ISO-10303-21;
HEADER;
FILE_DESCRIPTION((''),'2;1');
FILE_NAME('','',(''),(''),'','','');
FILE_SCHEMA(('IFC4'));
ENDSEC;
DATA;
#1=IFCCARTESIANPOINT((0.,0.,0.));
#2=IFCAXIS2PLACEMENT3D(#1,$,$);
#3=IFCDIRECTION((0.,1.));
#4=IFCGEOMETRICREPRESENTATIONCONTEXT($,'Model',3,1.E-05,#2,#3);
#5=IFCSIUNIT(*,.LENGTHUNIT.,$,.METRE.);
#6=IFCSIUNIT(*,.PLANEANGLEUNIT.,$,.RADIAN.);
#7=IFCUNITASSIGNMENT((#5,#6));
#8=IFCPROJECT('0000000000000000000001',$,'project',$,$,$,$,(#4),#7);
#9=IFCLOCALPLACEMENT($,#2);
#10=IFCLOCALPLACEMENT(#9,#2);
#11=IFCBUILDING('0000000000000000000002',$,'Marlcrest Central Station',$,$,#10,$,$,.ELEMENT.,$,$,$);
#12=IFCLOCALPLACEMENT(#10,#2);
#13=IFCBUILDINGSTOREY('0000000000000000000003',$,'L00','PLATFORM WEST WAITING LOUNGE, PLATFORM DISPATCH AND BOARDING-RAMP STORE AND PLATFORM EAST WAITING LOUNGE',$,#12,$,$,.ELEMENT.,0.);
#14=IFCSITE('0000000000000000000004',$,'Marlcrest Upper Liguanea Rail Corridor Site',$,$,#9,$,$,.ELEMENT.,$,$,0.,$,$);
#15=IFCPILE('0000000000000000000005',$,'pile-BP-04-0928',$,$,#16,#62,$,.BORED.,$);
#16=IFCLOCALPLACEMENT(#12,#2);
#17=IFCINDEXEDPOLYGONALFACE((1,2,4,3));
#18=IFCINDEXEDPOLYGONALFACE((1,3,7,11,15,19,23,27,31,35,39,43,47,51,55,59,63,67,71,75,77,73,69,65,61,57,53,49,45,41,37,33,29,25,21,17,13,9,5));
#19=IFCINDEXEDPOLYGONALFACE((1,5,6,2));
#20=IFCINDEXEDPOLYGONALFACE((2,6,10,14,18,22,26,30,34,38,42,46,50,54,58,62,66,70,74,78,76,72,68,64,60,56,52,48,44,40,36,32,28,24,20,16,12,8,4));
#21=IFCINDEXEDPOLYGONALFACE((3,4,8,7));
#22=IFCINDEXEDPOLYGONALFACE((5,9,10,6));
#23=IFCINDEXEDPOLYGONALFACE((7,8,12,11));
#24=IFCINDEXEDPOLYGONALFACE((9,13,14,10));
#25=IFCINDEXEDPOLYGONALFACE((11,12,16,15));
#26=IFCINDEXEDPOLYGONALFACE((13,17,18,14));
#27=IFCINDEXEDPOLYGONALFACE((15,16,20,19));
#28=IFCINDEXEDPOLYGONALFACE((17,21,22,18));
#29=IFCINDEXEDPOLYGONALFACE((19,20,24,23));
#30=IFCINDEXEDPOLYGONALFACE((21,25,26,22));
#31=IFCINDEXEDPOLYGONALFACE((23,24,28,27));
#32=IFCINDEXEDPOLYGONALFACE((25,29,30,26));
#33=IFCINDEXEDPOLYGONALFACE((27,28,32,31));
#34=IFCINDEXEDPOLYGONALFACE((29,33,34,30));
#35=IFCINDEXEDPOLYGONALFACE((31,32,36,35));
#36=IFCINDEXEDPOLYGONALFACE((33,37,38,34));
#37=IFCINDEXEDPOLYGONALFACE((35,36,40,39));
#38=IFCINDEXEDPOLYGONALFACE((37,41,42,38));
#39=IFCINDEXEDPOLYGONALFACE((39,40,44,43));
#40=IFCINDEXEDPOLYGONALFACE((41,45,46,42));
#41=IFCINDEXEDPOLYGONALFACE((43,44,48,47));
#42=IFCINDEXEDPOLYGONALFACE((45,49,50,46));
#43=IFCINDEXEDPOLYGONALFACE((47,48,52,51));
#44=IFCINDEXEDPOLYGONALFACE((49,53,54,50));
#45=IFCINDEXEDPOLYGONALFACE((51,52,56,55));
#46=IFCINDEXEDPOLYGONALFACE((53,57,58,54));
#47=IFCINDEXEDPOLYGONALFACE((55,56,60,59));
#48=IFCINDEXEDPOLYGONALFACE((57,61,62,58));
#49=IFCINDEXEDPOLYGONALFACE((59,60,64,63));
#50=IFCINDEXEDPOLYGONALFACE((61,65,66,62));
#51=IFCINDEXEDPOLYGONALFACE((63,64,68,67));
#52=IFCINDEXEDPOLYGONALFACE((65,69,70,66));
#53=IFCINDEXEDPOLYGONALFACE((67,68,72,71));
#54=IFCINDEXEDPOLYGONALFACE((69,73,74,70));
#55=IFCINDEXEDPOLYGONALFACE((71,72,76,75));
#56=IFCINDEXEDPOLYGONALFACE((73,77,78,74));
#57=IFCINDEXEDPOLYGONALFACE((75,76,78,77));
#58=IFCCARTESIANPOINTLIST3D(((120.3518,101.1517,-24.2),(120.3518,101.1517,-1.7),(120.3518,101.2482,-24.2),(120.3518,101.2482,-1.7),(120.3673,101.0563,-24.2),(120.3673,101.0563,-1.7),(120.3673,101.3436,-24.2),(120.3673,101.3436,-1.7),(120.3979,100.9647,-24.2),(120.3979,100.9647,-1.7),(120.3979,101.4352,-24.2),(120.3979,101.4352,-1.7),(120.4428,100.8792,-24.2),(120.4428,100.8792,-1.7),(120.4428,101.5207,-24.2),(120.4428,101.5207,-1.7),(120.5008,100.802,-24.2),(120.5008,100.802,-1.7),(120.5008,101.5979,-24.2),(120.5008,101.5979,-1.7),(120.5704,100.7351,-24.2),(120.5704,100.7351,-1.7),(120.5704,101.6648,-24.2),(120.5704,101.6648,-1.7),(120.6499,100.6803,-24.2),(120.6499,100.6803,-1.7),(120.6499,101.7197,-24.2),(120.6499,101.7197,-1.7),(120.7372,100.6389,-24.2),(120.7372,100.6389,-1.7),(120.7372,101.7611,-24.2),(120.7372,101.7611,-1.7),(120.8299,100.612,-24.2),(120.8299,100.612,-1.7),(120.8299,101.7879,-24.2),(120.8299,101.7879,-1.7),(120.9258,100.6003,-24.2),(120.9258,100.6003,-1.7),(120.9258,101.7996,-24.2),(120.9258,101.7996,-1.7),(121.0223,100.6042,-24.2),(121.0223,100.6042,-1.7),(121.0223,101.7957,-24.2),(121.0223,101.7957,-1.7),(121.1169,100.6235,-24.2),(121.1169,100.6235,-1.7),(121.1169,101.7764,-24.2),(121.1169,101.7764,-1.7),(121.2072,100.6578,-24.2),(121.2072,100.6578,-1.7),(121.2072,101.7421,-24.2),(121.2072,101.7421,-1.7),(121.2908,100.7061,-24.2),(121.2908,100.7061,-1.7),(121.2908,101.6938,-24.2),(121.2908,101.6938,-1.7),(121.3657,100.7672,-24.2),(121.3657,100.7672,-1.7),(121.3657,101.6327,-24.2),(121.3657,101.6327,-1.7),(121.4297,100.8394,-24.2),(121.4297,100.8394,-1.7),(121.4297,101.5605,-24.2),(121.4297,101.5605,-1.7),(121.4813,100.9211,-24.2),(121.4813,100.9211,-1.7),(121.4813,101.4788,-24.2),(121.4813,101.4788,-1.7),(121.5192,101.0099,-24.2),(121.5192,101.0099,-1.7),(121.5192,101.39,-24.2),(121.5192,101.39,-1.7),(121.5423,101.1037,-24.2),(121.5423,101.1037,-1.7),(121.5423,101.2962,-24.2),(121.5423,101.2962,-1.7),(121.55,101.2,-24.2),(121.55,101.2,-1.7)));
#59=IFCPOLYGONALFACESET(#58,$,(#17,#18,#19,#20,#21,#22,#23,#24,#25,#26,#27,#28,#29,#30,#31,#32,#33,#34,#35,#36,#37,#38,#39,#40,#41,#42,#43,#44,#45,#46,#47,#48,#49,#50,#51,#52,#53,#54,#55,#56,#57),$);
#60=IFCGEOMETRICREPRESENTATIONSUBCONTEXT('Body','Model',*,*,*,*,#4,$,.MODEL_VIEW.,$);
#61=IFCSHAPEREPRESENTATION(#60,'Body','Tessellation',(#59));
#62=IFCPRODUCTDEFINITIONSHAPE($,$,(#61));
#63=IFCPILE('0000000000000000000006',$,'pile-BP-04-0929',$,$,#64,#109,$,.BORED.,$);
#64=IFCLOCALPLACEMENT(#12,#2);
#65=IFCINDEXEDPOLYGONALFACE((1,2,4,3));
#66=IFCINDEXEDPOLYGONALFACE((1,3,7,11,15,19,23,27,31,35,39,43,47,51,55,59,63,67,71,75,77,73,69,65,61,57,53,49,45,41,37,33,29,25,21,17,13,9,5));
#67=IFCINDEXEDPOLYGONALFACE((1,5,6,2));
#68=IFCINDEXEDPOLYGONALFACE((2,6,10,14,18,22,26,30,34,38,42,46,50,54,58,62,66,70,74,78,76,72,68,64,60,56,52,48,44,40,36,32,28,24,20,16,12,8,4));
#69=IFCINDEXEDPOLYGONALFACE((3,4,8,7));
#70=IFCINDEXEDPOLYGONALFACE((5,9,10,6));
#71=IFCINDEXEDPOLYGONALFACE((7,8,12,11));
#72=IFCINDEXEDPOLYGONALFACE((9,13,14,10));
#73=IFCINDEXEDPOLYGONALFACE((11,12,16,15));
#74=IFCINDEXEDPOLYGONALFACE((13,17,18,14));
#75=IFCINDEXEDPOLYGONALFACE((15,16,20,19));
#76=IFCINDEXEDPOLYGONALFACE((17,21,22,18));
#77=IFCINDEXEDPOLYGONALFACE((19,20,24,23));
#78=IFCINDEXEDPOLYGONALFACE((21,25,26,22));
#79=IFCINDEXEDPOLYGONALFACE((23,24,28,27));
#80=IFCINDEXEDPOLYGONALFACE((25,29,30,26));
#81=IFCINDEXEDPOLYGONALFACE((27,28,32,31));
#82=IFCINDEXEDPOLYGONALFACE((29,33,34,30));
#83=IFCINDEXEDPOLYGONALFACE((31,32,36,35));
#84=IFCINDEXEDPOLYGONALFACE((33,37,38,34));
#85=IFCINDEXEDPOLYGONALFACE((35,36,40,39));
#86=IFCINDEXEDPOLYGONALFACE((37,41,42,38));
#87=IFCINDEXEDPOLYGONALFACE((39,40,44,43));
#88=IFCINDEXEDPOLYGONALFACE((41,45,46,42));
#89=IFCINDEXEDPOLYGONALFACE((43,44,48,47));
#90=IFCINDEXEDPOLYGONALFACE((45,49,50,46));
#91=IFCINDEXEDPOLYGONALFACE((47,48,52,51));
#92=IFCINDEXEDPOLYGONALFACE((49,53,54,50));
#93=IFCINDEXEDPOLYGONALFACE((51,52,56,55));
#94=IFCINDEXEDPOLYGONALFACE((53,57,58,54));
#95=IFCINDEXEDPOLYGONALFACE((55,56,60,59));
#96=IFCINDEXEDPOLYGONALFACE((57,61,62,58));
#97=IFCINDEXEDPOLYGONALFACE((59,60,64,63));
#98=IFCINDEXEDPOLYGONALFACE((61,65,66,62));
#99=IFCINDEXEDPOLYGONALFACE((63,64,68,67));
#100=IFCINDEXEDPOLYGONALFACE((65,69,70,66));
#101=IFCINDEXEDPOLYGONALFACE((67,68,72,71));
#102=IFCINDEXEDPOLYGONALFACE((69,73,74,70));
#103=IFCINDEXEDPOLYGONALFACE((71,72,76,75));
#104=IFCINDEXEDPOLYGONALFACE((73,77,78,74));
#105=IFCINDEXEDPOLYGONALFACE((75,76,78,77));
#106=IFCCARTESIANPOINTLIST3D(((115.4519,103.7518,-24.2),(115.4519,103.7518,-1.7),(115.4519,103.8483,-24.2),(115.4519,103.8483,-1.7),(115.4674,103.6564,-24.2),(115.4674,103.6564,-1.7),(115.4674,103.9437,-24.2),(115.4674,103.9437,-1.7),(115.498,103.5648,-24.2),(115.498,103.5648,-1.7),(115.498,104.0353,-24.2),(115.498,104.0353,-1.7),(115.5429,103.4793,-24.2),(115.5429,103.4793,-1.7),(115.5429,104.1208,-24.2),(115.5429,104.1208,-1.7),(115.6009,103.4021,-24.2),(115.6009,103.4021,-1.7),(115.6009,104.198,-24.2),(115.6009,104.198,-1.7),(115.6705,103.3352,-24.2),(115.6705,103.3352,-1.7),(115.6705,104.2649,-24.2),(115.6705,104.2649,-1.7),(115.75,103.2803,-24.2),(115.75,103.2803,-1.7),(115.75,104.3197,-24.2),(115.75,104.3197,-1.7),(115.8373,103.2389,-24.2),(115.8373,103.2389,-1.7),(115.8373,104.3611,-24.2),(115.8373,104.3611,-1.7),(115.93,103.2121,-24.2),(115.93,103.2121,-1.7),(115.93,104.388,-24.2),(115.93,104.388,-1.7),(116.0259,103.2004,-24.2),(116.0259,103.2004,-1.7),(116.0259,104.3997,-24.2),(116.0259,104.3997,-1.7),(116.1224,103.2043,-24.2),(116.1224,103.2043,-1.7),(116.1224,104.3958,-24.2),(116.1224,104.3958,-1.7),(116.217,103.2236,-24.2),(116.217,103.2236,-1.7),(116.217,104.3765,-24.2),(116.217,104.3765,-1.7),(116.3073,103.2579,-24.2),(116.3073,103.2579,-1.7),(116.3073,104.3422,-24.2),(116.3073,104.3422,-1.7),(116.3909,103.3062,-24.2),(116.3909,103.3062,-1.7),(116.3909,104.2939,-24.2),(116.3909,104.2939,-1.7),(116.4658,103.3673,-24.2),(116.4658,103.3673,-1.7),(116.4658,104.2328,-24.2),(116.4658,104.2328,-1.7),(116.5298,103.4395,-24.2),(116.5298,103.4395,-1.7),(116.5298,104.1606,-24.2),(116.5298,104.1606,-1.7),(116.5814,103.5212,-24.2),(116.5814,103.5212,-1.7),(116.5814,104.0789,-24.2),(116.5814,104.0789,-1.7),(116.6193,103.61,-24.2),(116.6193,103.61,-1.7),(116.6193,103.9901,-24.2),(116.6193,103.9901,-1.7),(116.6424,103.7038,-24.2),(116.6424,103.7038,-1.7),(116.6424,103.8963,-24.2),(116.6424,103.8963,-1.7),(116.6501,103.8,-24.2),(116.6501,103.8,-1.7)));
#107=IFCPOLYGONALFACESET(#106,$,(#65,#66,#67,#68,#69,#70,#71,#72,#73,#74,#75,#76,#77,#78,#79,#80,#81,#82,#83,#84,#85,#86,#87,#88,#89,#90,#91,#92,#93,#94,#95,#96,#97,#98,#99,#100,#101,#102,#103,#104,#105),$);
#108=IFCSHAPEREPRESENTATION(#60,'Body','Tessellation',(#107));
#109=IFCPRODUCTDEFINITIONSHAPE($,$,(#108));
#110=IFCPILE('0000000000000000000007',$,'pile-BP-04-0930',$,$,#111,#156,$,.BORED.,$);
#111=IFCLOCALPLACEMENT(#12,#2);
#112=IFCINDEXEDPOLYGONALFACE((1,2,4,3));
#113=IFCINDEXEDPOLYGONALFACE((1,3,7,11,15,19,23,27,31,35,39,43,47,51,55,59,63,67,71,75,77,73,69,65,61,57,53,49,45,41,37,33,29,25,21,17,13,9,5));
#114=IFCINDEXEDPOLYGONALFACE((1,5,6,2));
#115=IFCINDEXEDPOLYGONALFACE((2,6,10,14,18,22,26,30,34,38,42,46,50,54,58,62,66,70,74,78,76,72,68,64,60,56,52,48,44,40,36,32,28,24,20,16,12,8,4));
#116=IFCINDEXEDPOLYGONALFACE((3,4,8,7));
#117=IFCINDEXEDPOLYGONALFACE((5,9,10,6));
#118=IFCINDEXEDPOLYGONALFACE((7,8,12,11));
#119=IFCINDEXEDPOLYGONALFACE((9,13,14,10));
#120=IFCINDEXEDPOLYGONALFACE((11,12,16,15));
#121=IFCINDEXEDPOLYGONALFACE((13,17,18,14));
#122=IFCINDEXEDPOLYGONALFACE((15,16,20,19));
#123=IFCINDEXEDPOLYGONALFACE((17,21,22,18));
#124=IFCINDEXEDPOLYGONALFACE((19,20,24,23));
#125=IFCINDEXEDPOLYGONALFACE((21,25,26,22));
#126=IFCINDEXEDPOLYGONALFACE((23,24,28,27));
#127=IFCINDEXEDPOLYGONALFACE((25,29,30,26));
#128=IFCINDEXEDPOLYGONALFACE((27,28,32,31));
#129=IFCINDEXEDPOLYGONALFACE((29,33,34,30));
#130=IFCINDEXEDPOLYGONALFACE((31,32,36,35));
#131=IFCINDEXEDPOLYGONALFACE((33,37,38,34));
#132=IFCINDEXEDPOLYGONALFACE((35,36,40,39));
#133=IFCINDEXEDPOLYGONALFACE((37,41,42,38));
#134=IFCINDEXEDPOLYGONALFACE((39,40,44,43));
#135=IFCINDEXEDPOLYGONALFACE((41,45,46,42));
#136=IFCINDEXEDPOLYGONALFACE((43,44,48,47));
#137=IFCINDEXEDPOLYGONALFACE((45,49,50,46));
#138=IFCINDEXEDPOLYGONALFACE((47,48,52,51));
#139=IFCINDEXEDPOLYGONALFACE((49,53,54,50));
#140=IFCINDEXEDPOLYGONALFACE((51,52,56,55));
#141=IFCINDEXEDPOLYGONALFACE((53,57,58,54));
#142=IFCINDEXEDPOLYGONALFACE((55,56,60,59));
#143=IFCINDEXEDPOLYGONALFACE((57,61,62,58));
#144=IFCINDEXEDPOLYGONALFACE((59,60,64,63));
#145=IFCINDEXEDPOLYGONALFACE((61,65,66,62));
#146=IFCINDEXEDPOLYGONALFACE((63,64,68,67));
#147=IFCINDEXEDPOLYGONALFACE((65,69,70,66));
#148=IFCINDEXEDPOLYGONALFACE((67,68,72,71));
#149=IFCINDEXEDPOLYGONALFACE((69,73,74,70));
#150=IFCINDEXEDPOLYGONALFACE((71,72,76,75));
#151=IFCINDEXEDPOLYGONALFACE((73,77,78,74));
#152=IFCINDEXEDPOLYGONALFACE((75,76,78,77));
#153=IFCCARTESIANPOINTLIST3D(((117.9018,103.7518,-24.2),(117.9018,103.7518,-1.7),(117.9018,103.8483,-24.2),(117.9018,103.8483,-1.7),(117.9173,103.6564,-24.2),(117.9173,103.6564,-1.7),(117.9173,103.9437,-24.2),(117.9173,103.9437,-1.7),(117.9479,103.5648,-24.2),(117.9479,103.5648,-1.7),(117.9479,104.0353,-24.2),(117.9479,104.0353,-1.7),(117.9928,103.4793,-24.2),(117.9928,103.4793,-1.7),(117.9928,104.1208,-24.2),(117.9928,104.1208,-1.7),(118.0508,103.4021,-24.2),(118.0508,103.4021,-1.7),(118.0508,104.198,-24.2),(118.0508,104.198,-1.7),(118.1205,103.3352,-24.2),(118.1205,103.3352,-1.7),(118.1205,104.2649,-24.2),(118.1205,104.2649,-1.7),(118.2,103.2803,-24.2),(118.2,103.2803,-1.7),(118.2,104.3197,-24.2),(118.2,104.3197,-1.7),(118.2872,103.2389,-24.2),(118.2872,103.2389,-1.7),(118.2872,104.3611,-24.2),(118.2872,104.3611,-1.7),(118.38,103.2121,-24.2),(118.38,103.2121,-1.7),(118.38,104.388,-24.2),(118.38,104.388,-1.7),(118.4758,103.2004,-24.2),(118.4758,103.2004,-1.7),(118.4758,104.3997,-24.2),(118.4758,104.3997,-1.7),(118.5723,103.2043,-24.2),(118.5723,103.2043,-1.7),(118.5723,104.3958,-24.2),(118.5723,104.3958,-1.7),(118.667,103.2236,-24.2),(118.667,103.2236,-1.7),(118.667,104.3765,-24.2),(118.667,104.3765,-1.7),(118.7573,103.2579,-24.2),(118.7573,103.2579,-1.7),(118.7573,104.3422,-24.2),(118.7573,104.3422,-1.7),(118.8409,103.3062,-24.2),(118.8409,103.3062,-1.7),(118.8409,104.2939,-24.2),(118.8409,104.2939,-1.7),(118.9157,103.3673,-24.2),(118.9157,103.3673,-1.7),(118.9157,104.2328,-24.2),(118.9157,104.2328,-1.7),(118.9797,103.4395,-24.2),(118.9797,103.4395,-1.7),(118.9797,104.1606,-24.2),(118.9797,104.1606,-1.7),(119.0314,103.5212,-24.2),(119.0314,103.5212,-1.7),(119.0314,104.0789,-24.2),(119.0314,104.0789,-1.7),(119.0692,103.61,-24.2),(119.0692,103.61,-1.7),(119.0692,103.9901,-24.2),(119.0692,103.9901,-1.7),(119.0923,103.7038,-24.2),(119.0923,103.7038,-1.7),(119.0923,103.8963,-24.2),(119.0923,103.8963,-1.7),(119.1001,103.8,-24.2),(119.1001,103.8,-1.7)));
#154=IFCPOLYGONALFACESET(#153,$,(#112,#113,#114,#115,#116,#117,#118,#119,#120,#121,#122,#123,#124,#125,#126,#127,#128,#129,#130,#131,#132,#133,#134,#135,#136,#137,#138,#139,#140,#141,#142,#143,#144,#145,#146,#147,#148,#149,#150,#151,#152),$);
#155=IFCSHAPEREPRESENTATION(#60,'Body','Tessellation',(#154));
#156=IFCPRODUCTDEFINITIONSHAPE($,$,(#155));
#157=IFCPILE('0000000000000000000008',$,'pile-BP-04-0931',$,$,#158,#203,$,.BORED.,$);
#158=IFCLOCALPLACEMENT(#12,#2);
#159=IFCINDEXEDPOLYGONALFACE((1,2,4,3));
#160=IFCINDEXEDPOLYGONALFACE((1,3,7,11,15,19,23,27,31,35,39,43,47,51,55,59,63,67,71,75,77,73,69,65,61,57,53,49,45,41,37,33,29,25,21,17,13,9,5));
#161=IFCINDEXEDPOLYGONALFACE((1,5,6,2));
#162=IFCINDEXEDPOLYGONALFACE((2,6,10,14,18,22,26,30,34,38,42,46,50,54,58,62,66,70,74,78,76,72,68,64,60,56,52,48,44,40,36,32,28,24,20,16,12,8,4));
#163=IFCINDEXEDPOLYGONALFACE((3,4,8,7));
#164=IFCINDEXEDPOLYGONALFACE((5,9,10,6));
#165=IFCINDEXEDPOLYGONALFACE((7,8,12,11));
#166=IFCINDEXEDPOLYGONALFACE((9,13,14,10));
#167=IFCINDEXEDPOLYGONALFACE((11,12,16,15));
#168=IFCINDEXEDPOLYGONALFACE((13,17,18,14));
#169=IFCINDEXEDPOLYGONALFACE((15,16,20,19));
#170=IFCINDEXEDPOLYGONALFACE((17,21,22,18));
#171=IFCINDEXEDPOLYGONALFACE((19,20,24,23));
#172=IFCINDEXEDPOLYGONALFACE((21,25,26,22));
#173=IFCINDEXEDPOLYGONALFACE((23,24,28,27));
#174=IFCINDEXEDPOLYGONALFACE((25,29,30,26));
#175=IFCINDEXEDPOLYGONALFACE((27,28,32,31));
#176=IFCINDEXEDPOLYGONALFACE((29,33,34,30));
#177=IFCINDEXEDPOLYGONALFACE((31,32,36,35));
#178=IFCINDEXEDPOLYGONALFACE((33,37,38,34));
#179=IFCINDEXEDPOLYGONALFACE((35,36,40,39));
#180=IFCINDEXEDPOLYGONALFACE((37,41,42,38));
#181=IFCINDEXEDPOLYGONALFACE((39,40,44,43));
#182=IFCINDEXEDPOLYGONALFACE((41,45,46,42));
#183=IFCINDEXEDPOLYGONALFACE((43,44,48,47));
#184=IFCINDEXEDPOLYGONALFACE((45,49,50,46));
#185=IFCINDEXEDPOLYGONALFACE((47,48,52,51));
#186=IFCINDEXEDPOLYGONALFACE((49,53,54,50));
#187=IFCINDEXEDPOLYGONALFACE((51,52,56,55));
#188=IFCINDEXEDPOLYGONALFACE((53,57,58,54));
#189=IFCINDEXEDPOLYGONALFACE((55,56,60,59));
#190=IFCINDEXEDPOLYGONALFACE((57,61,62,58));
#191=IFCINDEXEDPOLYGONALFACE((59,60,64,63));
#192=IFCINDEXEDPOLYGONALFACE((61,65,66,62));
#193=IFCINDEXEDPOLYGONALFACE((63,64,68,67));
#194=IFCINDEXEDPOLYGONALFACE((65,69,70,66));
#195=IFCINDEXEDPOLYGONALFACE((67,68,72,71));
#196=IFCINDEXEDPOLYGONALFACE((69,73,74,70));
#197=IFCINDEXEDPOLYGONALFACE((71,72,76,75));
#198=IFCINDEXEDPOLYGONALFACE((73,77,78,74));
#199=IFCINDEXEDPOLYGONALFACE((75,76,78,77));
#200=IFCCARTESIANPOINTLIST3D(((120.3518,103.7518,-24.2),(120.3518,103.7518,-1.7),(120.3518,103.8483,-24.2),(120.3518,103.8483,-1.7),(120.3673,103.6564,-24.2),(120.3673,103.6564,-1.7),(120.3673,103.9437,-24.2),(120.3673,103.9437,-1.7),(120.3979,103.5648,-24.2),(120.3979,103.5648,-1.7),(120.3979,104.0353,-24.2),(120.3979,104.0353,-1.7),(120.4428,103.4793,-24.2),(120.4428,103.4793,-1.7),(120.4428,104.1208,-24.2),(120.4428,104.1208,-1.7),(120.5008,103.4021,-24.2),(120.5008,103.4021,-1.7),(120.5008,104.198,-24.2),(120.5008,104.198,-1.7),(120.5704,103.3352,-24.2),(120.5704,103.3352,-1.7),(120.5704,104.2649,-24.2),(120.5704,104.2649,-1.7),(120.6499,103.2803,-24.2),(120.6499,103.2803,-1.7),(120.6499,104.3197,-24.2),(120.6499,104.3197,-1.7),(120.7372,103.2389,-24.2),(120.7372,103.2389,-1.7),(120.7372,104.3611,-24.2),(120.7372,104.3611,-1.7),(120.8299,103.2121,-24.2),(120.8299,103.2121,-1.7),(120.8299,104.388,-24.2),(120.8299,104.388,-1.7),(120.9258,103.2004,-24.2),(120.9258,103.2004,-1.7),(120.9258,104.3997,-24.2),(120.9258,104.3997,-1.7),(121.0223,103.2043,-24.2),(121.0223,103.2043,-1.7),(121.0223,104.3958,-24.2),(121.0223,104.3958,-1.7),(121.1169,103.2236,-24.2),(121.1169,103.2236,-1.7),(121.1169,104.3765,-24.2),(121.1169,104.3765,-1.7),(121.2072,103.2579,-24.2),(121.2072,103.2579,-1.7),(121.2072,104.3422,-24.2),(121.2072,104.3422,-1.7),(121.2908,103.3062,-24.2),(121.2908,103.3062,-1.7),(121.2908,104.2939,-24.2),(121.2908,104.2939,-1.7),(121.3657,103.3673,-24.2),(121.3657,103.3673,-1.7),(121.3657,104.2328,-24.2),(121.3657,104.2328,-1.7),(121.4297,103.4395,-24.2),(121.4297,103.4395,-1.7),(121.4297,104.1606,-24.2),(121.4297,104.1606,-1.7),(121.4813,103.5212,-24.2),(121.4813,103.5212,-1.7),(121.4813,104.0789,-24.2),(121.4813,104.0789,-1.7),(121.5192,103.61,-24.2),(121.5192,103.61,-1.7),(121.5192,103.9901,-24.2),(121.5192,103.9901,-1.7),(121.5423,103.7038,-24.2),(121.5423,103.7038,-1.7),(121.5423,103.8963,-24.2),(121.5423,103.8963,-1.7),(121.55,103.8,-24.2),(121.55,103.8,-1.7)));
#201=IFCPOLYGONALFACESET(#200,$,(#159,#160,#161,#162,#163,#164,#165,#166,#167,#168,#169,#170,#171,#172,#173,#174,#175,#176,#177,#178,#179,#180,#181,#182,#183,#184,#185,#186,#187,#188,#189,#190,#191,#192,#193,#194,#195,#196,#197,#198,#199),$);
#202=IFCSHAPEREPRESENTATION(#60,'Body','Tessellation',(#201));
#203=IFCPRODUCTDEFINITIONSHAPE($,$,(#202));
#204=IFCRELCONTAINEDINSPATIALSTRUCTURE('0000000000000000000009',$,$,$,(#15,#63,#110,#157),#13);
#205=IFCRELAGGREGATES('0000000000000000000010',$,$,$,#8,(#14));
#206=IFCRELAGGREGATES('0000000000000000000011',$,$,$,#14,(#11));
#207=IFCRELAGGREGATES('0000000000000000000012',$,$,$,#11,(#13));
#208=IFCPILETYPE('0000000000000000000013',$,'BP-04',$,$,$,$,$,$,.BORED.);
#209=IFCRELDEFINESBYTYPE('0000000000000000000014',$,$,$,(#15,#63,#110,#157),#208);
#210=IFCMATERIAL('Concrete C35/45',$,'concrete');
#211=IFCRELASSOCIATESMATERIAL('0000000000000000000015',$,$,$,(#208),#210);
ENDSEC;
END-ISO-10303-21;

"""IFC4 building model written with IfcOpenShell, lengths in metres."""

from ifc_helpers import new_model, si_unit, direction, frame, origin, origin_2d, place, context, subcontext, project, spatial, circle, extrude, material, material_profile, profile_set, type_object, element, save


model = new_model("IFC4")

# Units and contexts
model_context = context("Model", 3, precision=1e-05, world=origin(), true_north=direction((0.0, 1.0)))
body_context = subcontext(model_context, "Body", "Model", "MODEL_VIEW")
ifc_project = project(units=[si_unit("LENGTHUNIT", "METRE"), si_unit("PLANEANGLEUNIT", "RADIAN")], contexts=[model_context])

# Site, building, storey
site_placement = place(None, origin())
site = spatial("IfcSite", under=ifc_project, at=site_placement, Name="Marlcrest Upper Liguanea Rail Corridor Site", CompositionType="ELEMENT", RefElevation=0.0)
building_placement = place(site_placement, origin())
building = spatial("IfcBuilding", under=site, at=building_placement, Name="Marlcrest Central Station", CompositionType="ELEMENT")
storey_placement = place(building_placement, origin())
storey = spatial("IfcBuildingStorey", under=building, at=storey_placement, Name="L00", Description="PLATFORM WEST WAITING LOUNGE, PLATFORM DISPATCH AND BOARDING-RAMP STORE AND PLATFORM EAST WAITING LOUNGE", CompositionType="ELEMENT", Elevation=0.0)

# Piles
ifc_material_1 = material(Name="Concrete C35/45", Category="concrete")
ifc_material_profile_1 = material_profile(ifc_material_1, circle(Radius=0.6001, at=origin_2d()), Name="PILE D1200")
ifc_profile_set_1 = profile_set([ifc_material_profile_1], Name="Concrete C35/45")
pile_type_1 = type_object("IfcPileType", Name="BP-04", PredefinedType="BORED", material=ifc_profile_set_1)
for number, where, z_axis, x_axis, name in (
    (1, (120.95, 101.2, -1.7), (0.0, 0.0, -1.0), (1.0, 0.0, 0.0), "pile-BP-04-0928"),
    (2, (116.05, 103.8, -1.7), (0.0, 0.0, -1.0), (1.0, 0.0, 0.0), "pile-BP-04-0929"),
    (3, (118.5, 103.8, -1.7), (0.0, 0.0, -1.0), (1.0, 0.0, 0.0), "pile-BP-04-0930"),
    (4, (120.95, 103.8, -1.7), (0.0, 0.0, -1.0), (1.0, 0.0, 0.0), "pile-BP-04-0931"),
):
    element("IfcPile", number, at=place(storey_placement, frame(where, z_axis=z_axis, x_axis=x_axis)), inside=storey, type_object=pile_type_1, Name=name, PredefinedType="BORED", context=body_context, shape_type="SweptSolid", body=[
        extrude(circle(Radius=0.6001, at=origin_2d()), origin(), (0.0, 0.0, 1.0), 22.5),
    ])

save(model, "model.ifc")
